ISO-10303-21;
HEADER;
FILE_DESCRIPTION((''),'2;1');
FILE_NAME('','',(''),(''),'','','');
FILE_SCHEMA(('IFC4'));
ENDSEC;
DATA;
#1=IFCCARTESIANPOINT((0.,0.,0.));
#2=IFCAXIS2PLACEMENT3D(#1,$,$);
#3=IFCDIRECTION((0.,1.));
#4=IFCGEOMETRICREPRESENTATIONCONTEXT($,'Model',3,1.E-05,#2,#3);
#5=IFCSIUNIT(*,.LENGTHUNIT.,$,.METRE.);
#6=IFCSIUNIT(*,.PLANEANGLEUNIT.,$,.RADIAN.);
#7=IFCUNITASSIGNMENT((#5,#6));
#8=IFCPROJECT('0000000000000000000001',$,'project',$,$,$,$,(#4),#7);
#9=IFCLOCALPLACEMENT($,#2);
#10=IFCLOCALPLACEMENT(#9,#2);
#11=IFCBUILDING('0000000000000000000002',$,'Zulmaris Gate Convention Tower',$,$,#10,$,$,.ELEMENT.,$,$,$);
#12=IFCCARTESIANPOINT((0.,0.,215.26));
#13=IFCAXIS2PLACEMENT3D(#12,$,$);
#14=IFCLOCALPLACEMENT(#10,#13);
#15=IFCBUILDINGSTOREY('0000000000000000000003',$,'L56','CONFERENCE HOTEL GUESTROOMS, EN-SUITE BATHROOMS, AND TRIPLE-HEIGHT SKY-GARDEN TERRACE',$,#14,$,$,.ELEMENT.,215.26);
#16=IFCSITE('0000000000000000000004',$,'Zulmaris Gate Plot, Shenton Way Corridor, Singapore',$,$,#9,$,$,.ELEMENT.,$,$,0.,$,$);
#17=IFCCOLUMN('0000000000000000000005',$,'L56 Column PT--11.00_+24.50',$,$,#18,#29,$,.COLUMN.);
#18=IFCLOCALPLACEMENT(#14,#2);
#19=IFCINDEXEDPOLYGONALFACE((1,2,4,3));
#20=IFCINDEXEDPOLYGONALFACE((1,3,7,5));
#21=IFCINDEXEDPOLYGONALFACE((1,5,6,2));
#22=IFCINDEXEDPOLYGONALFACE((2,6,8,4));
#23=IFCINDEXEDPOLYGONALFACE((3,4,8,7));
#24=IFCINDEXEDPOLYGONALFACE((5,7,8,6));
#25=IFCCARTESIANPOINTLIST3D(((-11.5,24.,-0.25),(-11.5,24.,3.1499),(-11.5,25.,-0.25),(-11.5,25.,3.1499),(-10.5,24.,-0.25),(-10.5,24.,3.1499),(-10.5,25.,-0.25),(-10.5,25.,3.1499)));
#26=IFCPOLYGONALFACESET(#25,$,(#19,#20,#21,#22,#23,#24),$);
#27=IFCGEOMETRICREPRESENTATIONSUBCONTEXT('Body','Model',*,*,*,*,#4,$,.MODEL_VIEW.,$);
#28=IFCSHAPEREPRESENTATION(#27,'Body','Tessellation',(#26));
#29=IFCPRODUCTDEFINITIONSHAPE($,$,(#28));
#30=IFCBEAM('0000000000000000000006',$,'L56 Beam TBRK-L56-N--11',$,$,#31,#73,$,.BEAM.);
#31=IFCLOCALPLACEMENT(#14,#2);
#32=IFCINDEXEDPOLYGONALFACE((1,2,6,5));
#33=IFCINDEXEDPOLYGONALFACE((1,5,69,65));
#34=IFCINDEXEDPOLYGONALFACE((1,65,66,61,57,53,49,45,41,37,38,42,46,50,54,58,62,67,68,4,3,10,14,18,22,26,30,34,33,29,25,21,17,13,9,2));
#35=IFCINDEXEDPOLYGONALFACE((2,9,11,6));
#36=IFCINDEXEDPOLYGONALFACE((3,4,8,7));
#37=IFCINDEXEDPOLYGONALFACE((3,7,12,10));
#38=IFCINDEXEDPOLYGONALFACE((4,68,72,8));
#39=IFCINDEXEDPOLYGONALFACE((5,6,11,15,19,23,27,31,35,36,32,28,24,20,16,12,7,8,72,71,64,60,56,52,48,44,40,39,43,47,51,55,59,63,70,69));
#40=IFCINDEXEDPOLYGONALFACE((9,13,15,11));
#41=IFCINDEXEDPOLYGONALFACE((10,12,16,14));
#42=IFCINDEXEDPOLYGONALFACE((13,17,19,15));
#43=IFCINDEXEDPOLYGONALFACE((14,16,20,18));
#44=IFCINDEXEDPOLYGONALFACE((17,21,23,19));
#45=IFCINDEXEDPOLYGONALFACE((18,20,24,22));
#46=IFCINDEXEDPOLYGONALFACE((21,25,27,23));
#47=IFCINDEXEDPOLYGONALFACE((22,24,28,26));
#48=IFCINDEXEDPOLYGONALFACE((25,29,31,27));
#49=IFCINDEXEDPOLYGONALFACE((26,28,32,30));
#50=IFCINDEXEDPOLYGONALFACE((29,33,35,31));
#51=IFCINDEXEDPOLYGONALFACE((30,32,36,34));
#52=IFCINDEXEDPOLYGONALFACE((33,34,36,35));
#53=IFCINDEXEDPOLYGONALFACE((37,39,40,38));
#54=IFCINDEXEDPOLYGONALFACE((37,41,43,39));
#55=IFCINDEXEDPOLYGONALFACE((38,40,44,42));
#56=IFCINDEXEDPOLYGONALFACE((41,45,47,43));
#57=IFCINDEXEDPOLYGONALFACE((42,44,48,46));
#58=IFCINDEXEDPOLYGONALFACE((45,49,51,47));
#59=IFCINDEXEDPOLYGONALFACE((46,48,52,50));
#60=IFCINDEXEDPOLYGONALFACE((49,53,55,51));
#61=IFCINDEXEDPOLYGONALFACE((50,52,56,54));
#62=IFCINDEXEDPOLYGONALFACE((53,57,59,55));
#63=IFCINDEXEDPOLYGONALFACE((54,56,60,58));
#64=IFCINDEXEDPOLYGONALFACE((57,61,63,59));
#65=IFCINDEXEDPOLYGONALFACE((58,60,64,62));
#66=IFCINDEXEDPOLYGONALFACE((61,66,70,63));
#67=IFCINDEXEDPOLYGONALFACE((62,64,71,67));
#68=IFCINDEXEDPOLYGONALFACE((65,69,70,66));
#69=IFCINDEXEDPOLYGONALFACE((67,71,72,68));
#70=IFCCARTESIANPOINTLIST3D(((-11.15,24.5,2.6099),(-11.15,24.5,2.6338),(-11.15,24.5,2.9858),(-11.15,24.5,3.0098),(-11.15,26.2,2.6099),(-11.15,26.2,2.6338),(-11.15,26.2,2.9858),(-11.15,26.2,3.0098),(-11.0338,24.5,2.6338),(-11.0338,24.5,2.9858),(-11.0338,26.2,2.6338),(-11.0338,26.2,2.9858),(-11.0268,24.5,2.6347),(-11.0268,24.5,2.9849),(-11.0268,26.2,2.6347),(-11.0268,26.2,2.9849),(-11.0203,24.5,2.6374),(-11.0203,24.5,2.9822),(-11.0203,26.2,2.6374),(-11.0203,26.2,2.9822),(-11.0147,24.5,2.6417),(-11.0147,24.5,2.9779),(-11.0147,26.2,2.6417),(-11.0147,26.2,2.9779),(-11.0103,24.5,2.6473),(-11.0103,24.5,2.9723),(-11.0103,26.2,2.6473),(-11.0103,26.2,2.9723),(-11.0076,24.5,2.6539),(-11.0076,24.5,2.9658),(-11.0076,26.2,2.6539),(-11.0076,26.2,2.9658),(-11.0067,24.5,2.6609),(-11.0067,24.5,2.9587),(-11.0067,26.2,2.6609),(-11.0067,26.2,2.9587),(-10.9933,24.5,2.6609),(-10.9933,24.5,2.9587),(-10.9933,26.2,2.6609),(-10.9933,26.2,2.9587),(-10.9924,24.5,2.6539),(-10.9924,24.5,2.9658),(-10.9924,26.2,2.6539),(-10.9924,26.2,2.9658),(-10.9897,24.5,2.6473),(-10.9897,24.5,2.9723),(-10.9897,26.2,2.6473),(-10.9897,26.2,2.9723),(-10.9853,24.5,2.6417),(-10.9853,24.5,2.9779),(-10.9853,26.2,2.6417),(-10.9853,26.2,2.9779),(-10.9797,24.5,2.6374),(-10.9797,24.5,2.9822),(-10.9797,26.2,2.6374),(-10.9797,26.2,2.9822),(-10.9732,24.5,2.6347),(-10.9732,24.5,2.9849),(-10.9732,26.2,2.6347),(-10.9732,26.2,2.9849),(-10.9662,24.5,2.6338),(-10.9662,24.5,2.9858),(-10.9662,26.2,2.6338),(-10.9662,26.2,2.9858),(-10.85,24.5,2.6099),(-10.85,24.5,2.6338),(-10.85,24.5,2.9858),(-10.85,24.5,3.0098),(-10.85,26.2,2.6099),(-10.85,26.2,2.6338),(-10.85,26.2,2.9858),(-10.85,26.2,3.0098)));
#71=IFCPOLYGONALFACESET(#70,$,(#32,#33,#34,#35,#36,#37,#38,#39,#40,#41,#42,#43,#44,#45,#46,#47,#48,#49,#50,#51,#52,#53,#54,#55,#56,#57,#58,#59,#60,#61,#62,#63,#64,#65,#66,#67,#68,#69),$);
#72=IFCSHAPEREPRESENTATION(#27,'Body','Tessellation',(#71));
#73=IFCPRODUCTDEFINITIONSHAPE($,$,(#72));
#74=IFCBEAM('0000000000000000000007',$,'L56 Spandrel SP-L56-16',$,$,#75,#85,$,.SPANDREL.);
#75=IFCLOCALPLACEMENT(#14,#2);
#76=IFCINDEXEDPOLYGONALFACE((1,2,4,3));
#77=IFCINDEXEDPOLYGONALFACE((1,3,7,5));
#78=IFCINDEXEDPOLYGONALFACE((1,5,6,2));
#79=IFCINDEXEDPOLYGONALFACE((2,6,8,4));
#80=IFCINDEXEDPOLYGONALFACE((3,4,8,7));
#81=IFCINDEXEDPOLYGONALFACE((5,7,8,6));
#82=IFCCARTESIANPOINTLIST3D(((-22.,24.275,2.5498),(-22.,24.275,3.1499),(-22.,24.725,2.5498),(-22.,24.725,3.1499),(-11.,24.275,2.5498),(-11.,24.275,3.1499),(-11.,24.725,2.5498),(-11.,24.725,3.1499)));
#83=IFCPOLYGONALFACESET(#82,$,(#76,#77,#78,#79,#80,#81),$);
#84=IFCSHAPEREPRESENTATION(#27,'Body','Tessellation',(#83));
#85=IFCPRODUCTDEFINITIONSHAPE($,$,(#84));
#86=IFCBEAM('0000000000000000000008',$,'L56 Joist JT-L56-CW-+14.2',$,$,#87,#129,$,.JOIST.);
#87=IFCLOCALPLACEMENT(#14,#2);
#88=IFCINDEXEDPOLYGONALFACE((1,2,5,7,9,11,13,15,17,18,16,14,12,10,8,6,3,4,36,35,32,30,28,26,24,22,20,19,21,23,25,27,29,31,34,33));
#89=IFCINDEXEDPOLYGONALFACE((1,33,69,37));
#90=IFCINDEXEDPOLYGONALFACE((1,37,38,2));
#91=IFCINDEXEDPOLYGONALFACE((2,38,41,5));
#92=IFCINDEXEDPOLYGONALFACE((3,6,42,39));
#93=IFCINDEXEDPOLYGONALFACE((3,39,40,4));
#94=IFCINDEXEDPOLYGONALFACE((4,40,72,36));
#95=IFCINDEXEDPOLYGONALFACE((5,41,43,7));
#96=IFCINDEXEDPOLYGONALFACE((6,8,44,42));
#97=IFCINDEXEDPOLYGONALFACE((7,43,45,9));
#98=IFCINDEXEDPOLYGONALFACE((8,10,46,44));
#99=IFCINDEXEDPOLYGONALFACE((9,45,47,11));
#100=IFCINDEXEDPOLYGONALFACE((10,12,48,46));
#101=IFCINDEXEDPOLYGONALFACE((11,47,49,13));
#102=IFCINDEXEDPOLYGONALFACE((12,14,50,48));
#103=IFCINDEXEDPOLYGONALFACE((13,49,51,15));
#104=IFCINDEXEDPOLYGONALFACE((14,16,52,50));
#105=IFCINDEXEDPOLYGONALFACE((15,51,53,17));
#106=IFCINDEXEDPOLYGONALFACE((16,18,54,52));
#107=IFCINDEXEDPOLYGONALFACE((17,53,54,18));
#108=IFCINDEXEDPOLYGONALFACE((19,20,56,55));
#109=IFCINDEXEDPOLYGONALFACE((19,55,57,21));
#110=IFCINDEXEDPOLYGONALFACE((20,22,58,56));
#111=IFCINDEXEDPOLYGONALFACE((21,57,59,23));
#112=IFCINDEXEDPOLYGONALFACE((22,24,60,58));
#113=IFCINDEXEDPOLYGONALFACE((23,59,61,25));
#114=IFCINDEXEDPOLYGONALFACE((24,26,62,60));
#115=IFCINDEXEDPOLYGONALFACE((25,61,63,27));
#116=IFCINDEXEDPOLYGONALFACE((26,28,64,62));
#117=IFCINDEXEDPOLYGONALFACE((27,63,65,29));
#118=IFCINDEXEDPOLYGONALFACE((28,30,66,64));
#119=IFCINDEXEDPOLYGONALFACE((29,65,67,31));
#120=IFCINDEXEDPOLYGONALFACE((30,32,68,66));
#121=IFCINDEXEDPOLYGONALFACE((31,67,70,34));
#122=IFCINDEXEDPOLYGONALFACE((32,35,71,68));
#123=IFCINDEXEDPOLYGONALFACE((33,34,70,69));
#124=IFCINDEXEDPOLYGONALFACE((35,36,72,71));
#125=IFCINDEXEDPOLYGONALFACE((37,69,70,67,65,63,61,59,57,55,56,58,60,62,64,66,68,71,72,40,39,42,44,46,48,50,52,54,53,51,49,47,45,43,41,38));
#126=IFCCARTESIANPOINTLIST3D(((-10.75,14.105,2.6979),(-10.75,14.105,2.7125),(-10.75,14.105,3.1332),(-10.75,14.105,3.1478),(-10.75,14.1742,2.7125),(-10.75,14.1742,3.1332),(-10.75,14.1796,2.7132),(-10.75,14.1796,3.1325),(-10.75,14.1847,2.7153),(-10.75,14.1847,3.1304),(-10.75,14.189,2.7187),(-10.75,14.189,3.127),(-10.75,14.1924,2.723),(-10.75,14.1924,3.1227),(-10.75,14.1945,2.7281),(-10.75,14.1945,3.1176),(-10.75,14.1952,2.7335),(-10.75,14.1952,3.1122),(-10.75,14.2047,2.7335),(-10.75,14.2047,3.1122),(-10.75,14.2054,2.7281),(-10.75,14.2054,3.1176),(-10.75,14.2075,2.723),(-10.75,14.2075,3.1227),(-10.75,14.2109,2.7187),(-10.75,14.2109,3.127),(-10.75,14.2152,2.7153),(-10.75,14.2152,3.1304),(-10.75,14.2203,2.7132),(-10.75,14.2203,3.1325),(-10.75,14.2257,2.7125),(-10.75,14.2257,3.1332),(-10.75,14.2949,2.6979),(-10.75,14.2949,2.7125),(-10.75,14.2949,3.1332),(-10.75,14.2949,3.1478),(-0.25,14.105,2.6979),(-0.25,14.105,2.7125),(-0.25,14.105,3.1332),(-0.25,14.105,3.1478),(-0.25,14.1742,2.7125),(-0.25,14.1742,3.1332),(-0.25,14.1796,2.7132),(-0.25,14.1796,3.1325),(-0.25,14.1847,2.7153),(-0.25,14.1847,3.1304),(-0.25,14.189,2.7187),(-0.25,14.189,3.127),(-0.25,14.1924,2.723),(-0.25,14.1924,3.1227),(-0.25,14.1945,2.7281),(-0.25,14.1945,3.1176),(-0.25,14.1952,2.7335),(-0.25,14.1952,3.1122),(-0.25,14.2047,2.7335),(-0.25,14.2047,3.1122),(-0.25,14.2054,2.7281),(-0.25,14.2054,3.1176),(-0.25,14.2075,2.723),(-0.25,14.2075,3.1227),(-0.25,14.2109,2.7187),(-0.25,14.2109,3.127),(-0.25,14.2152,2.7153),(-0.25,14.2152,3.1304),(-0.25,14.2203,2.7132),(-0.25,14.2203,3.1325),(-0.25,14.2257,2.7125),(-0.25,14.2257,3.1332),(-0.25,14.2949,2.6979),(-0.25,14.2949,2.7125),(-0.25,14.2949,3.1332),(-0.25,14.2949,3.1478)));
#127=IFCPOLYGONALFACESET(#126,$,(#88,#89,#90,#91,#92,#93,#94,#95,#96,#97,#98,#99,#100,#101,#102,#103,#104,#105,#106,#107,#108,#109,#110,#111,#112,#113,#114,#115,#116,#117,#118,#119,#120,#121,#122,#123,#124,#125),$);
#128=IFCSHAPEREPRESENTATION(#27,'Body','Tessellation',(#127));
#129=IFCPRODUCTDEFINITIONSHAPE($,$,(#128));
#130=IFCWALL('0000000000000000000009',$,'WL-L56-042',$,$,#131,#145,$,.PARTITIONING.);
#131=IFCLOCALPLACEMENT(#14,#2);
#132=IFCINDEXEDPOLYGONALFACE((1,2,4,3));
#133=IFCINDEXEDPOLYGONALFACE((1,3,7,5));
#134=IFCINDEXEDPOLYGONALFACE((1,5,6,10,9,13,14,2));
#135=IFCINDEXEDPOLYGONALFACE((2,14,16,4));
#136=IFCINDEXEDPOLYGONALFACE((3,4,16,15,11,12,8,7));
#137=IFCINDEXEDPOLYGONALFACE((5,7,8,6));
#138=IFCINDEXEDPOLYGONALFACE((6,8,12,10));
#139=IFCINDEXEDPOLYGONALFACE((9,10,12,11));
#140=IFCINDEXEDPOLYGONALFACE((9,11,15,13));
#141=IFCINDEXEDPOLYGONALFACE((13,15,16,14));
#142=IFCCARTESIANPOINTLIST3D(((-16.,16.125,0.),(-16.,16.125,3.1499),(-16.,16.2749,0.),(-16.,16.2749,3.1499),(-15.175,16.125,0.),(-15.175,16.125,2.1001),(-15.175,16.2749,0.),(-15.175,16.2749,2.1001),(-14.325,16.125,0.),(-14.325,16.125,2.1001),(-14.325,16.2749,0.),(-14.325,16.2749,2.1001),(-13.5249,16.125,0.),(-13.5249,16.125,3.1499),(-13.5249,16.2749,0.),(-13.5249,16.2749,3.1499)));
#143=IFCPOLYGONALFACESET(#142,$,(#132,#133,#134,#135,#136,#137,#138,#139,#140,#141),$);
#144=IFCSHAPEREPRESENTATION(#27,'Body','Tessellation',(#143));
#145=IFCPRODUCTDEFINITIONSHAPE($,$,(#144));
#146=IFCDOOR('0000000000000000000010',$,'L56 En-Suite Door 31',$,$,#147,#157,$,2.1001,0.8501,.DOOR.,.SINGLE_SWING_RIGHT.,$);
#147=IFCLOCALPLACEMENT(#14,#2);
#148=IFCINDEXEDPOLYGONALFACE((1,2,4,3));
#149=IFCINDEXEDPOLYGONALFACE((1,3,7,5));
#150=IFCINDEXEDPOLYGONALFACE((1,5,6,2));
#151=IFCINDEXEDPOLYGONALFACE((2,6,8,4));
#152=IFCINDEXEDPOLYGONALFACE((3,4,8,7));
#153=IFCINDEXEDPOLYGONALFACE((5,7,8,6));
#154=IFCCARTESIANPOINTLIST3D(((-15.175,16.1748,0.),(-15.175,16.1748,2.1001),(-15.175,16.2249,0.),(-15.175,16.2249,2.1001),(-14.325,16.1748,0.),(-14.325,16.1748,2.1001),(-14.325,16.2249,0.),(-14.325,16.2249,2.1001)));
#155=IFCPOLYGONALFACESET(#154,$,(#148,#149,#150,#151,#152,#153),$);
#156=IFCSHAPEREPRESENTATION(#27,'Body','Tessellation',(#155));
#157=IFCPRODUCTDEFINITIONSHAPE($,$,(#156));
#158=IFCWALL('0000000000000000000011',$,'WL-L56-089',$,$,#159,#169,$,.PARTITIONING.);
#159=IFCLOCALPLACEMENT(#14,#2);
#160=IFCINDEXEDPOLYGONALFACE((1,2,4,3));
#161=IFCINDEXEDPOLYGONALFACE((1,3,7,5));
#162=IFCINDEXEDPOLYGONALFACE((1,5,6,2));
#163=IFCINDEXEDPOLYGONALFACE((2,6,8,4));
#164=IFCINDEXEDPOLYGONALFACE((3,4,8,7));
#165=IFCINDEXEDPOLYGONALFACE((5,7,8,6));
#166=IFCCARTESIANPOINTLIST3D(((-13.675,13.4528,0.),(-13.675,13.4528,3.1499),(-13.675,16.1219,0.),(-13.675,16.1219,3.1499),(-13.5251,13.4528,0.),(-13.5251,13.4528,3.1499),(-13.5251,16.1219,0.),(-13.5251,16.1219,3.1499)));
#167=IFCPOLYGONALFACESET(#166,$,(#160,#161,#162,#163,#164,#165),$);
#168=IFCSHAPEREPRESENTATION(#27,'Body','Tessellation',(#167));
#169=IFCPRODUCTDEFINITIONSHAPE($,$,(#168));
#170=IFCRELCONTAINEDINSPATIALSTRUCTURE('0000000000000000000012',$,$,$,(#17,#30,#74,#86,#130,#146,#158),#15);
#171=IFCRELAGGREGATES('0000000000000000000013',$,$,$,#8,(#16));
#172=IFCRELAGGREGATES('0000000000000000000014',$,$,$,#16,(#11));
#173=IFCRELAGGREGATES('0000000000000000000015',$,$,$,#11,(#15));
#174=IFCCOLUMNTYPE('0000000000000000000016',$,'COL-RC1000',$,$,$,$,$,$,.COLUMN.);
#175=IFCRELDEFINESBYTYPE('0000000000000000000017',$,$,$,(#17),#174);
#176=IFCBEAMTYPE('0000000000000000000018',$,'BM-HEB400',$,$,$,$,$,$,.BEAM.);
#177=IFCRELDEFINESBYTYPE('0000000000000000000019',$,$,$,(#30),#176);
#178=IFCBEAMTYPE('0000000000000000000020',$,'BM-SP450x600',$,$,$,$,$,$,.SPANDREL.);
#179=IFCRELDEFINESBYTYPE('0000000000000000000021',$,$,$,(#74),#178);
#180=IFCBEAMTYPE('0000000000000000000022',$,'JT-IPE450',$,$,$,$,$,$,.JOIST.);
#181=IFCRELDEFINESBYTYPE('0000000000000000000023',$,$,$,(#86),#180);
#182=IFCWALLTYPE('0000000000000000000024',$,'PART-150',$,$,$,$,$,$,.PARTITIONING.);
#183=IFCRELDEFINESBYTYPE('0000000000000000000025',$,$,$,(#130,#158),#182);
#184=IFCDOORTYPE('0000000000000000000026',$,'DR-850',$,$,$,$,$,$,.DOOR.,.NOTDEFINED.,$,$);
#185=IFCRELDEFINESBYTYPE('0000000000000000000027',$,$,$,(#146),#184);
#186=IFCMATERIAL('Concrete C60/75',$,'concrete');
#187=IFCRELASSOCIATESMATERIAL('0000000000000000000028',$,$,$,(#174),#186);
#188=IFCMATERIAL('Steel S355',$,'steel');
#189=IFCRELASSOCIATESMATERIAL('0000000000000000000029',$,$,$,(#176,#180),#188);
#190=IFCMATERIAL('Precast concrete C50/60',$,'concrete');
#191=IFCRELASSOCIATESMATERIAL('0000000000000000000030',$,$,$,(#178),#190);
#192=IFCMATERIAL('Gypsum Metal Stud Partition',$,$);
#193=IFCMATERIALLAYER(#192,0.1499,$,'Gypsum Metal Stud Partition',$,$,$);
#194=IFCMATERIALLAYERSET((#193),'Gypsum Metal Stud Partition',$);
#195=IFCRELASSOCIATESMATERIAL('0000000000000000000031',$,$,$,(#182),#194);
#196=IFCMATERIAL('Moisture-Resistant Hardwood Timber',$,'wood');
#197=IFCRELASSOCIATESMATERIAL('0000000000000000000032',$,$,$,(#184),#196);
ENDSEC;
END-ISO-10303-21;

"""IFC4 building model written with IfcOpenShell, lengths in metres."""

from ifc_helpers import new_model, si_unit, direction, frame, frame_2d, origin, origin_2d, place, context, subcontext, project, spatial, rectangle, i_section, extrude, material, layer, layer_set, material_profile, profile_set, type_object, element, fill, save


model = new_model("IFC4")

# Units and contexts
model_context = context("Model", 3, precision=1e-05, world=origin(), true_north=direction((0.0, 1.0)))
body_context = subcontext(model_context, "Body", "Model", "MODEL_VIEW")
ifc_project = project(units=[si_unit("LENGTHUNIT", "METRE"), si_unit("PLANEANGLEUNIT", "RADIAN")], contexts=[model_context])

# Site, building, storey
site_placement = place(None, origin())
site = spatial("IfcSite", under=ifc_project, at=site_placement, Name="Zulmaris Gate Plot, Shenton Way Corridor, Singapore", CompositionType="ELEMENT", RefElevation=0.0)
building_placement = place(site_placement, origin())
building = spatial("IfcBuilding", under=site, at=building_placement, Name="Zulmaris Gate Convention Tower", CompositionType="ELEMENT")
storey_placement = place(building_placement, frame((0.0, 0.0, 215.26)))
storey = spatial("IfcBuildingStorey", under=building, at=storey_placement, Name="L56", Description="CONFERENCE HOTEL GUESTROOMS, EN-SUITE BATHROOMS, AND TRIPLE-HEIGHT SKY-GARDEN TERRACE", CompositionType="ELEMENT", Elevation=215.26)

# Column
ifc_material_1 = material(Name="Concrete C60/75", Category="concrete")
ifc_material_profile_1 = material_profile(ifc_material_1, rectangle(XDim=1.0, YDim=1.0, at=origin_2d()), Name="RC COL 1000x1000")
ifc_profile_set_1 = profile_set([ifc_material_profile_1], Name="Concrete C60/75")
column_type = type_object("IfcColumnType", Name="COL-RC1000", PredefinedType="COLUMN", material=ifc_profile_set_1)
column_placement = place(storey_placement, frame((-11.0, 24.5, -0.25), z_axis=(0.0, 0.0, 1.0), x_axis=(1.0, 0.0, 0.0)))
element("IfcColumn", 1, at=column_placement, inside=storey, type_object=column_type, Name="L56 Column PT--11.00_+24.50", PredefinedType="COLUMN", context=body_context, shape_type="SweptSolid", body=[
    extrude(rectangle(XDim=1.0, YDim=1.0, at=origin_2d()), origin(), (0.0, 0.0, 1.0), 3.3999),
])

# Beams
ifc_material_2 = material(Name="Steel S355", Category="steel")
ifc_material_profile_2 = material_profile(ifc_material_2, i_section(OverallWidth=0.3, OverallDepth=0.3999, WebThickness=0.0134, FlangeThickness=0.0239, FilletRadius=0.0271, at=origin_2d()), Name="HEB 400")
ifc_profile_set_2 = profile_set([ifc_material_profile_2], Name="Steel S355")
beam_type_1 = type_object("IfcBeamType", Name="BM-HEB400", PredefinedType="BEAM", material=ifc_profile_set_2)
beam_1_placement = place(storey_placement, frame((-11.0, 24.5, 2.8098), z_axis=(0.0, 1.0, 0.0), x_axis=(-1.0, 0.0, 0.0)))
element("IfcBeam", 2, at=beam_1_placement, inside=storey, type_object=beam_type_1, Name="L56 Beam TBRK-L56-N--11", PredefinedType="BEAM", context=body_context, shape_type="SweptSolid", body=[
    extrude(i_section(OverallWidth=0.3, OverallDepth=0.3999, WebThickness=0.0134, FlangeThickness=0.0239, FilletRadius=0.0271, at=origin_2d()), origin(), (0.0, 0.0, 1.0), 1.7),
])
ifc_material_3 = material(Name="Precast concrete C50/60", Category="concrete")
ifc_material_profile_3 = material_profile(ifc_material_3, rectangle(XDim=0.45, YDim=0.6001, at=origin_2d()), Name="RC SPANDREL 450x600")
ifc_profile_set_3 = profile_set([ifc_material_profile_3], Name="Precast concrete C50/60")
beam_type_2 = type_object("IfcBeamType", Name="BM-SP450x600", PredefinedType="SPANDREL", material=ifc_profile_set_3)
beam_2_placement = place(storey_placement, frame((-11.0, 24.5, 2.8499), z_axis=(-1.0, 0.0, 0.0), x_axis=(0.0, -1.0, 0.0)))
element("IfcBeam", 3, at=beam_2_placement, inside=storey, type_object=beam_type_2, Name="L56 Spandrel SP-L56-16", PredefinedType="SPANDREL", context=body_context, shape_type="SweptSolid", body=[
    extrude(rectangle(XDim=0.45, YDim=0.6001, at=origin_2d()), origin(), (0.0, 0.0, 1.0), 11.0),
])
ifc_material_profile_4 = material_profile(ifc_material_2, i_section(OverallWidth=0.1899, OverallDepth=0.45, WebThickness=0.0095, FlangeThickness=0.0146, FilletRadius=0.021, at=origin_2d()), Name="IPE 450")
ifc_profile_set_4 = profile_set([ifc_material_profile_4], Name="Steel S355")
beam_type_3 = type_object("IfcBeamType", Name="JT-IPE450", PredefinedType="JOIST", material=ifc_profile_set_4)
beam_3_placement = place(storey_placement, frame((-10.75, 14.2, 2.9229), z_axis=(1.0, 0.0, 0.0), x_axis=(0.0, 1.0, 0.0)))
element("IfcBeam", 4, at=beam_3_placement, inside=storey, type_object=beam_type_3, Name="L56 Joist JT-L56-CW-+14.2", PredefinedType="JOIST", context=body_context, shape_type="SweptSolid", body=[
    extrude(i_section(OverallWidth=0.1899, OverallDepth=0.45, WebThickness=0.0095, FlangeThickness=0.0146, FilletRadius=0.021, at=origin_2d()), origin(), (0.0, 0.0, 1.0), 10.5),
])

# Wall, opening, door
ifc_material_4 = material(Name="Gypsum Metal Stud Partition")
ifc_layer_1 = layer(ifc_material_4, 0.1499, Name="Gypsum Metal Stud Partition")
ifc_layer_set_1 = layer_set([ifc_layer_1], Name="Gypsum Metal Stud Partition")
wall_type_1 = type_object("IfcWallType", Name="PART-150", PredefinedType="PARTITIONING", material=ifc_layer_set_1)
wall_1_placement = place(storey_placement, frame((-16.0, 16.2, 0.0), z_axis=(0.0, 0.0, 1.0), x_axis=(1.0, 0.0, 0.0)))
wall_1 = element("IfcWall", 5, at=wall_1_placement, inside=storey, type_object=wall_type_1, Name="WL-L56-042", PredefinedType="PARTITIONING", context=body_context, shape_type="SweptSolid", body=[
    extrude(rectangle(XDim=2.4751, YDim=0.1499, at=frame_2d((1.2375, 0.0))), origin(), (0.0, 0.0, 1.0), 3.1499),
])
opening_1_placement = place(wall_1_placement, frame((0.825, 0.0, 0.0)))
opening_1 = element("IfcOpeningElement", 6, at=opening_1_placement, cuts=wall_1, PredefinedType="OPENING", context=body_context, shape_type="SweptSolid", body=[
    extrude(rectangle(XDim=0.8501, YDim=2.1001, at=frame_2d((0.425, 1.05))), frame((0.0, 0.085, 0.0), z_axis=(0.0, -1.0, 0.0), x_axis=(1.0, 0.0, 0.0)), (0.0, 0.0, 1.0), 0.1699),
])
ifc_material_5 = material(Name="Moisture-Resistant Hardwood Timber", Category="wood")
door_type = type_object("IfcDoorType", Name="DR-850", OperationType="NOTDEFINED", PredefinedType="DOOR", material=ifc_material_5)
door_placement = place(opening_1_placement, origin())
door = element("IfcDoor", 7, at=door_placement, inside=storey, type_object=door_type, Name="L56 En-Suite Door 31", OperationType="SINGLE_SWING_RIGHT", OverallHeight=2.1001, OverallWidth=0.8501, PredefinedType="DOOR", context=body_context, shape_type="SweptSolid", body=[
    extrude(rectangle(XDim=0.8501, YDim=2.1001, at=frame_2d((0.425, 1.05))), frame((0.0, 0.0249, 0.0), z_axis=(0.0, -1.0, 0.0), x_axis=(1.0, 0.0, 0.0)), (0.0, 0.0, 1.0), 0.05),
])
fill(opening_1, door)

# Wall
wall_2_placement = place(storey_placement, frame((-13.6001, 13.4529, 0.0), z_axis=(0.0, 0.0, 1.0), x_axis=(0.0, 1.0, 0.0)))
element("IfcWall", 8, at=wall_2_placement, inside=storey, type_object=wall_type_1, Name="WL-L56-089", PredefinedType="PARTITIONING", context=body_context, shape_type="SweptSolid", body=[
    extrude(rectangle(XDim=2.6692, YDim=0.1499, at=frame_2d((1.3345, 0.0))), origin(), (0.0, 0.0, 1.0), 3.1499),
])

save(model, "model.ifc")
